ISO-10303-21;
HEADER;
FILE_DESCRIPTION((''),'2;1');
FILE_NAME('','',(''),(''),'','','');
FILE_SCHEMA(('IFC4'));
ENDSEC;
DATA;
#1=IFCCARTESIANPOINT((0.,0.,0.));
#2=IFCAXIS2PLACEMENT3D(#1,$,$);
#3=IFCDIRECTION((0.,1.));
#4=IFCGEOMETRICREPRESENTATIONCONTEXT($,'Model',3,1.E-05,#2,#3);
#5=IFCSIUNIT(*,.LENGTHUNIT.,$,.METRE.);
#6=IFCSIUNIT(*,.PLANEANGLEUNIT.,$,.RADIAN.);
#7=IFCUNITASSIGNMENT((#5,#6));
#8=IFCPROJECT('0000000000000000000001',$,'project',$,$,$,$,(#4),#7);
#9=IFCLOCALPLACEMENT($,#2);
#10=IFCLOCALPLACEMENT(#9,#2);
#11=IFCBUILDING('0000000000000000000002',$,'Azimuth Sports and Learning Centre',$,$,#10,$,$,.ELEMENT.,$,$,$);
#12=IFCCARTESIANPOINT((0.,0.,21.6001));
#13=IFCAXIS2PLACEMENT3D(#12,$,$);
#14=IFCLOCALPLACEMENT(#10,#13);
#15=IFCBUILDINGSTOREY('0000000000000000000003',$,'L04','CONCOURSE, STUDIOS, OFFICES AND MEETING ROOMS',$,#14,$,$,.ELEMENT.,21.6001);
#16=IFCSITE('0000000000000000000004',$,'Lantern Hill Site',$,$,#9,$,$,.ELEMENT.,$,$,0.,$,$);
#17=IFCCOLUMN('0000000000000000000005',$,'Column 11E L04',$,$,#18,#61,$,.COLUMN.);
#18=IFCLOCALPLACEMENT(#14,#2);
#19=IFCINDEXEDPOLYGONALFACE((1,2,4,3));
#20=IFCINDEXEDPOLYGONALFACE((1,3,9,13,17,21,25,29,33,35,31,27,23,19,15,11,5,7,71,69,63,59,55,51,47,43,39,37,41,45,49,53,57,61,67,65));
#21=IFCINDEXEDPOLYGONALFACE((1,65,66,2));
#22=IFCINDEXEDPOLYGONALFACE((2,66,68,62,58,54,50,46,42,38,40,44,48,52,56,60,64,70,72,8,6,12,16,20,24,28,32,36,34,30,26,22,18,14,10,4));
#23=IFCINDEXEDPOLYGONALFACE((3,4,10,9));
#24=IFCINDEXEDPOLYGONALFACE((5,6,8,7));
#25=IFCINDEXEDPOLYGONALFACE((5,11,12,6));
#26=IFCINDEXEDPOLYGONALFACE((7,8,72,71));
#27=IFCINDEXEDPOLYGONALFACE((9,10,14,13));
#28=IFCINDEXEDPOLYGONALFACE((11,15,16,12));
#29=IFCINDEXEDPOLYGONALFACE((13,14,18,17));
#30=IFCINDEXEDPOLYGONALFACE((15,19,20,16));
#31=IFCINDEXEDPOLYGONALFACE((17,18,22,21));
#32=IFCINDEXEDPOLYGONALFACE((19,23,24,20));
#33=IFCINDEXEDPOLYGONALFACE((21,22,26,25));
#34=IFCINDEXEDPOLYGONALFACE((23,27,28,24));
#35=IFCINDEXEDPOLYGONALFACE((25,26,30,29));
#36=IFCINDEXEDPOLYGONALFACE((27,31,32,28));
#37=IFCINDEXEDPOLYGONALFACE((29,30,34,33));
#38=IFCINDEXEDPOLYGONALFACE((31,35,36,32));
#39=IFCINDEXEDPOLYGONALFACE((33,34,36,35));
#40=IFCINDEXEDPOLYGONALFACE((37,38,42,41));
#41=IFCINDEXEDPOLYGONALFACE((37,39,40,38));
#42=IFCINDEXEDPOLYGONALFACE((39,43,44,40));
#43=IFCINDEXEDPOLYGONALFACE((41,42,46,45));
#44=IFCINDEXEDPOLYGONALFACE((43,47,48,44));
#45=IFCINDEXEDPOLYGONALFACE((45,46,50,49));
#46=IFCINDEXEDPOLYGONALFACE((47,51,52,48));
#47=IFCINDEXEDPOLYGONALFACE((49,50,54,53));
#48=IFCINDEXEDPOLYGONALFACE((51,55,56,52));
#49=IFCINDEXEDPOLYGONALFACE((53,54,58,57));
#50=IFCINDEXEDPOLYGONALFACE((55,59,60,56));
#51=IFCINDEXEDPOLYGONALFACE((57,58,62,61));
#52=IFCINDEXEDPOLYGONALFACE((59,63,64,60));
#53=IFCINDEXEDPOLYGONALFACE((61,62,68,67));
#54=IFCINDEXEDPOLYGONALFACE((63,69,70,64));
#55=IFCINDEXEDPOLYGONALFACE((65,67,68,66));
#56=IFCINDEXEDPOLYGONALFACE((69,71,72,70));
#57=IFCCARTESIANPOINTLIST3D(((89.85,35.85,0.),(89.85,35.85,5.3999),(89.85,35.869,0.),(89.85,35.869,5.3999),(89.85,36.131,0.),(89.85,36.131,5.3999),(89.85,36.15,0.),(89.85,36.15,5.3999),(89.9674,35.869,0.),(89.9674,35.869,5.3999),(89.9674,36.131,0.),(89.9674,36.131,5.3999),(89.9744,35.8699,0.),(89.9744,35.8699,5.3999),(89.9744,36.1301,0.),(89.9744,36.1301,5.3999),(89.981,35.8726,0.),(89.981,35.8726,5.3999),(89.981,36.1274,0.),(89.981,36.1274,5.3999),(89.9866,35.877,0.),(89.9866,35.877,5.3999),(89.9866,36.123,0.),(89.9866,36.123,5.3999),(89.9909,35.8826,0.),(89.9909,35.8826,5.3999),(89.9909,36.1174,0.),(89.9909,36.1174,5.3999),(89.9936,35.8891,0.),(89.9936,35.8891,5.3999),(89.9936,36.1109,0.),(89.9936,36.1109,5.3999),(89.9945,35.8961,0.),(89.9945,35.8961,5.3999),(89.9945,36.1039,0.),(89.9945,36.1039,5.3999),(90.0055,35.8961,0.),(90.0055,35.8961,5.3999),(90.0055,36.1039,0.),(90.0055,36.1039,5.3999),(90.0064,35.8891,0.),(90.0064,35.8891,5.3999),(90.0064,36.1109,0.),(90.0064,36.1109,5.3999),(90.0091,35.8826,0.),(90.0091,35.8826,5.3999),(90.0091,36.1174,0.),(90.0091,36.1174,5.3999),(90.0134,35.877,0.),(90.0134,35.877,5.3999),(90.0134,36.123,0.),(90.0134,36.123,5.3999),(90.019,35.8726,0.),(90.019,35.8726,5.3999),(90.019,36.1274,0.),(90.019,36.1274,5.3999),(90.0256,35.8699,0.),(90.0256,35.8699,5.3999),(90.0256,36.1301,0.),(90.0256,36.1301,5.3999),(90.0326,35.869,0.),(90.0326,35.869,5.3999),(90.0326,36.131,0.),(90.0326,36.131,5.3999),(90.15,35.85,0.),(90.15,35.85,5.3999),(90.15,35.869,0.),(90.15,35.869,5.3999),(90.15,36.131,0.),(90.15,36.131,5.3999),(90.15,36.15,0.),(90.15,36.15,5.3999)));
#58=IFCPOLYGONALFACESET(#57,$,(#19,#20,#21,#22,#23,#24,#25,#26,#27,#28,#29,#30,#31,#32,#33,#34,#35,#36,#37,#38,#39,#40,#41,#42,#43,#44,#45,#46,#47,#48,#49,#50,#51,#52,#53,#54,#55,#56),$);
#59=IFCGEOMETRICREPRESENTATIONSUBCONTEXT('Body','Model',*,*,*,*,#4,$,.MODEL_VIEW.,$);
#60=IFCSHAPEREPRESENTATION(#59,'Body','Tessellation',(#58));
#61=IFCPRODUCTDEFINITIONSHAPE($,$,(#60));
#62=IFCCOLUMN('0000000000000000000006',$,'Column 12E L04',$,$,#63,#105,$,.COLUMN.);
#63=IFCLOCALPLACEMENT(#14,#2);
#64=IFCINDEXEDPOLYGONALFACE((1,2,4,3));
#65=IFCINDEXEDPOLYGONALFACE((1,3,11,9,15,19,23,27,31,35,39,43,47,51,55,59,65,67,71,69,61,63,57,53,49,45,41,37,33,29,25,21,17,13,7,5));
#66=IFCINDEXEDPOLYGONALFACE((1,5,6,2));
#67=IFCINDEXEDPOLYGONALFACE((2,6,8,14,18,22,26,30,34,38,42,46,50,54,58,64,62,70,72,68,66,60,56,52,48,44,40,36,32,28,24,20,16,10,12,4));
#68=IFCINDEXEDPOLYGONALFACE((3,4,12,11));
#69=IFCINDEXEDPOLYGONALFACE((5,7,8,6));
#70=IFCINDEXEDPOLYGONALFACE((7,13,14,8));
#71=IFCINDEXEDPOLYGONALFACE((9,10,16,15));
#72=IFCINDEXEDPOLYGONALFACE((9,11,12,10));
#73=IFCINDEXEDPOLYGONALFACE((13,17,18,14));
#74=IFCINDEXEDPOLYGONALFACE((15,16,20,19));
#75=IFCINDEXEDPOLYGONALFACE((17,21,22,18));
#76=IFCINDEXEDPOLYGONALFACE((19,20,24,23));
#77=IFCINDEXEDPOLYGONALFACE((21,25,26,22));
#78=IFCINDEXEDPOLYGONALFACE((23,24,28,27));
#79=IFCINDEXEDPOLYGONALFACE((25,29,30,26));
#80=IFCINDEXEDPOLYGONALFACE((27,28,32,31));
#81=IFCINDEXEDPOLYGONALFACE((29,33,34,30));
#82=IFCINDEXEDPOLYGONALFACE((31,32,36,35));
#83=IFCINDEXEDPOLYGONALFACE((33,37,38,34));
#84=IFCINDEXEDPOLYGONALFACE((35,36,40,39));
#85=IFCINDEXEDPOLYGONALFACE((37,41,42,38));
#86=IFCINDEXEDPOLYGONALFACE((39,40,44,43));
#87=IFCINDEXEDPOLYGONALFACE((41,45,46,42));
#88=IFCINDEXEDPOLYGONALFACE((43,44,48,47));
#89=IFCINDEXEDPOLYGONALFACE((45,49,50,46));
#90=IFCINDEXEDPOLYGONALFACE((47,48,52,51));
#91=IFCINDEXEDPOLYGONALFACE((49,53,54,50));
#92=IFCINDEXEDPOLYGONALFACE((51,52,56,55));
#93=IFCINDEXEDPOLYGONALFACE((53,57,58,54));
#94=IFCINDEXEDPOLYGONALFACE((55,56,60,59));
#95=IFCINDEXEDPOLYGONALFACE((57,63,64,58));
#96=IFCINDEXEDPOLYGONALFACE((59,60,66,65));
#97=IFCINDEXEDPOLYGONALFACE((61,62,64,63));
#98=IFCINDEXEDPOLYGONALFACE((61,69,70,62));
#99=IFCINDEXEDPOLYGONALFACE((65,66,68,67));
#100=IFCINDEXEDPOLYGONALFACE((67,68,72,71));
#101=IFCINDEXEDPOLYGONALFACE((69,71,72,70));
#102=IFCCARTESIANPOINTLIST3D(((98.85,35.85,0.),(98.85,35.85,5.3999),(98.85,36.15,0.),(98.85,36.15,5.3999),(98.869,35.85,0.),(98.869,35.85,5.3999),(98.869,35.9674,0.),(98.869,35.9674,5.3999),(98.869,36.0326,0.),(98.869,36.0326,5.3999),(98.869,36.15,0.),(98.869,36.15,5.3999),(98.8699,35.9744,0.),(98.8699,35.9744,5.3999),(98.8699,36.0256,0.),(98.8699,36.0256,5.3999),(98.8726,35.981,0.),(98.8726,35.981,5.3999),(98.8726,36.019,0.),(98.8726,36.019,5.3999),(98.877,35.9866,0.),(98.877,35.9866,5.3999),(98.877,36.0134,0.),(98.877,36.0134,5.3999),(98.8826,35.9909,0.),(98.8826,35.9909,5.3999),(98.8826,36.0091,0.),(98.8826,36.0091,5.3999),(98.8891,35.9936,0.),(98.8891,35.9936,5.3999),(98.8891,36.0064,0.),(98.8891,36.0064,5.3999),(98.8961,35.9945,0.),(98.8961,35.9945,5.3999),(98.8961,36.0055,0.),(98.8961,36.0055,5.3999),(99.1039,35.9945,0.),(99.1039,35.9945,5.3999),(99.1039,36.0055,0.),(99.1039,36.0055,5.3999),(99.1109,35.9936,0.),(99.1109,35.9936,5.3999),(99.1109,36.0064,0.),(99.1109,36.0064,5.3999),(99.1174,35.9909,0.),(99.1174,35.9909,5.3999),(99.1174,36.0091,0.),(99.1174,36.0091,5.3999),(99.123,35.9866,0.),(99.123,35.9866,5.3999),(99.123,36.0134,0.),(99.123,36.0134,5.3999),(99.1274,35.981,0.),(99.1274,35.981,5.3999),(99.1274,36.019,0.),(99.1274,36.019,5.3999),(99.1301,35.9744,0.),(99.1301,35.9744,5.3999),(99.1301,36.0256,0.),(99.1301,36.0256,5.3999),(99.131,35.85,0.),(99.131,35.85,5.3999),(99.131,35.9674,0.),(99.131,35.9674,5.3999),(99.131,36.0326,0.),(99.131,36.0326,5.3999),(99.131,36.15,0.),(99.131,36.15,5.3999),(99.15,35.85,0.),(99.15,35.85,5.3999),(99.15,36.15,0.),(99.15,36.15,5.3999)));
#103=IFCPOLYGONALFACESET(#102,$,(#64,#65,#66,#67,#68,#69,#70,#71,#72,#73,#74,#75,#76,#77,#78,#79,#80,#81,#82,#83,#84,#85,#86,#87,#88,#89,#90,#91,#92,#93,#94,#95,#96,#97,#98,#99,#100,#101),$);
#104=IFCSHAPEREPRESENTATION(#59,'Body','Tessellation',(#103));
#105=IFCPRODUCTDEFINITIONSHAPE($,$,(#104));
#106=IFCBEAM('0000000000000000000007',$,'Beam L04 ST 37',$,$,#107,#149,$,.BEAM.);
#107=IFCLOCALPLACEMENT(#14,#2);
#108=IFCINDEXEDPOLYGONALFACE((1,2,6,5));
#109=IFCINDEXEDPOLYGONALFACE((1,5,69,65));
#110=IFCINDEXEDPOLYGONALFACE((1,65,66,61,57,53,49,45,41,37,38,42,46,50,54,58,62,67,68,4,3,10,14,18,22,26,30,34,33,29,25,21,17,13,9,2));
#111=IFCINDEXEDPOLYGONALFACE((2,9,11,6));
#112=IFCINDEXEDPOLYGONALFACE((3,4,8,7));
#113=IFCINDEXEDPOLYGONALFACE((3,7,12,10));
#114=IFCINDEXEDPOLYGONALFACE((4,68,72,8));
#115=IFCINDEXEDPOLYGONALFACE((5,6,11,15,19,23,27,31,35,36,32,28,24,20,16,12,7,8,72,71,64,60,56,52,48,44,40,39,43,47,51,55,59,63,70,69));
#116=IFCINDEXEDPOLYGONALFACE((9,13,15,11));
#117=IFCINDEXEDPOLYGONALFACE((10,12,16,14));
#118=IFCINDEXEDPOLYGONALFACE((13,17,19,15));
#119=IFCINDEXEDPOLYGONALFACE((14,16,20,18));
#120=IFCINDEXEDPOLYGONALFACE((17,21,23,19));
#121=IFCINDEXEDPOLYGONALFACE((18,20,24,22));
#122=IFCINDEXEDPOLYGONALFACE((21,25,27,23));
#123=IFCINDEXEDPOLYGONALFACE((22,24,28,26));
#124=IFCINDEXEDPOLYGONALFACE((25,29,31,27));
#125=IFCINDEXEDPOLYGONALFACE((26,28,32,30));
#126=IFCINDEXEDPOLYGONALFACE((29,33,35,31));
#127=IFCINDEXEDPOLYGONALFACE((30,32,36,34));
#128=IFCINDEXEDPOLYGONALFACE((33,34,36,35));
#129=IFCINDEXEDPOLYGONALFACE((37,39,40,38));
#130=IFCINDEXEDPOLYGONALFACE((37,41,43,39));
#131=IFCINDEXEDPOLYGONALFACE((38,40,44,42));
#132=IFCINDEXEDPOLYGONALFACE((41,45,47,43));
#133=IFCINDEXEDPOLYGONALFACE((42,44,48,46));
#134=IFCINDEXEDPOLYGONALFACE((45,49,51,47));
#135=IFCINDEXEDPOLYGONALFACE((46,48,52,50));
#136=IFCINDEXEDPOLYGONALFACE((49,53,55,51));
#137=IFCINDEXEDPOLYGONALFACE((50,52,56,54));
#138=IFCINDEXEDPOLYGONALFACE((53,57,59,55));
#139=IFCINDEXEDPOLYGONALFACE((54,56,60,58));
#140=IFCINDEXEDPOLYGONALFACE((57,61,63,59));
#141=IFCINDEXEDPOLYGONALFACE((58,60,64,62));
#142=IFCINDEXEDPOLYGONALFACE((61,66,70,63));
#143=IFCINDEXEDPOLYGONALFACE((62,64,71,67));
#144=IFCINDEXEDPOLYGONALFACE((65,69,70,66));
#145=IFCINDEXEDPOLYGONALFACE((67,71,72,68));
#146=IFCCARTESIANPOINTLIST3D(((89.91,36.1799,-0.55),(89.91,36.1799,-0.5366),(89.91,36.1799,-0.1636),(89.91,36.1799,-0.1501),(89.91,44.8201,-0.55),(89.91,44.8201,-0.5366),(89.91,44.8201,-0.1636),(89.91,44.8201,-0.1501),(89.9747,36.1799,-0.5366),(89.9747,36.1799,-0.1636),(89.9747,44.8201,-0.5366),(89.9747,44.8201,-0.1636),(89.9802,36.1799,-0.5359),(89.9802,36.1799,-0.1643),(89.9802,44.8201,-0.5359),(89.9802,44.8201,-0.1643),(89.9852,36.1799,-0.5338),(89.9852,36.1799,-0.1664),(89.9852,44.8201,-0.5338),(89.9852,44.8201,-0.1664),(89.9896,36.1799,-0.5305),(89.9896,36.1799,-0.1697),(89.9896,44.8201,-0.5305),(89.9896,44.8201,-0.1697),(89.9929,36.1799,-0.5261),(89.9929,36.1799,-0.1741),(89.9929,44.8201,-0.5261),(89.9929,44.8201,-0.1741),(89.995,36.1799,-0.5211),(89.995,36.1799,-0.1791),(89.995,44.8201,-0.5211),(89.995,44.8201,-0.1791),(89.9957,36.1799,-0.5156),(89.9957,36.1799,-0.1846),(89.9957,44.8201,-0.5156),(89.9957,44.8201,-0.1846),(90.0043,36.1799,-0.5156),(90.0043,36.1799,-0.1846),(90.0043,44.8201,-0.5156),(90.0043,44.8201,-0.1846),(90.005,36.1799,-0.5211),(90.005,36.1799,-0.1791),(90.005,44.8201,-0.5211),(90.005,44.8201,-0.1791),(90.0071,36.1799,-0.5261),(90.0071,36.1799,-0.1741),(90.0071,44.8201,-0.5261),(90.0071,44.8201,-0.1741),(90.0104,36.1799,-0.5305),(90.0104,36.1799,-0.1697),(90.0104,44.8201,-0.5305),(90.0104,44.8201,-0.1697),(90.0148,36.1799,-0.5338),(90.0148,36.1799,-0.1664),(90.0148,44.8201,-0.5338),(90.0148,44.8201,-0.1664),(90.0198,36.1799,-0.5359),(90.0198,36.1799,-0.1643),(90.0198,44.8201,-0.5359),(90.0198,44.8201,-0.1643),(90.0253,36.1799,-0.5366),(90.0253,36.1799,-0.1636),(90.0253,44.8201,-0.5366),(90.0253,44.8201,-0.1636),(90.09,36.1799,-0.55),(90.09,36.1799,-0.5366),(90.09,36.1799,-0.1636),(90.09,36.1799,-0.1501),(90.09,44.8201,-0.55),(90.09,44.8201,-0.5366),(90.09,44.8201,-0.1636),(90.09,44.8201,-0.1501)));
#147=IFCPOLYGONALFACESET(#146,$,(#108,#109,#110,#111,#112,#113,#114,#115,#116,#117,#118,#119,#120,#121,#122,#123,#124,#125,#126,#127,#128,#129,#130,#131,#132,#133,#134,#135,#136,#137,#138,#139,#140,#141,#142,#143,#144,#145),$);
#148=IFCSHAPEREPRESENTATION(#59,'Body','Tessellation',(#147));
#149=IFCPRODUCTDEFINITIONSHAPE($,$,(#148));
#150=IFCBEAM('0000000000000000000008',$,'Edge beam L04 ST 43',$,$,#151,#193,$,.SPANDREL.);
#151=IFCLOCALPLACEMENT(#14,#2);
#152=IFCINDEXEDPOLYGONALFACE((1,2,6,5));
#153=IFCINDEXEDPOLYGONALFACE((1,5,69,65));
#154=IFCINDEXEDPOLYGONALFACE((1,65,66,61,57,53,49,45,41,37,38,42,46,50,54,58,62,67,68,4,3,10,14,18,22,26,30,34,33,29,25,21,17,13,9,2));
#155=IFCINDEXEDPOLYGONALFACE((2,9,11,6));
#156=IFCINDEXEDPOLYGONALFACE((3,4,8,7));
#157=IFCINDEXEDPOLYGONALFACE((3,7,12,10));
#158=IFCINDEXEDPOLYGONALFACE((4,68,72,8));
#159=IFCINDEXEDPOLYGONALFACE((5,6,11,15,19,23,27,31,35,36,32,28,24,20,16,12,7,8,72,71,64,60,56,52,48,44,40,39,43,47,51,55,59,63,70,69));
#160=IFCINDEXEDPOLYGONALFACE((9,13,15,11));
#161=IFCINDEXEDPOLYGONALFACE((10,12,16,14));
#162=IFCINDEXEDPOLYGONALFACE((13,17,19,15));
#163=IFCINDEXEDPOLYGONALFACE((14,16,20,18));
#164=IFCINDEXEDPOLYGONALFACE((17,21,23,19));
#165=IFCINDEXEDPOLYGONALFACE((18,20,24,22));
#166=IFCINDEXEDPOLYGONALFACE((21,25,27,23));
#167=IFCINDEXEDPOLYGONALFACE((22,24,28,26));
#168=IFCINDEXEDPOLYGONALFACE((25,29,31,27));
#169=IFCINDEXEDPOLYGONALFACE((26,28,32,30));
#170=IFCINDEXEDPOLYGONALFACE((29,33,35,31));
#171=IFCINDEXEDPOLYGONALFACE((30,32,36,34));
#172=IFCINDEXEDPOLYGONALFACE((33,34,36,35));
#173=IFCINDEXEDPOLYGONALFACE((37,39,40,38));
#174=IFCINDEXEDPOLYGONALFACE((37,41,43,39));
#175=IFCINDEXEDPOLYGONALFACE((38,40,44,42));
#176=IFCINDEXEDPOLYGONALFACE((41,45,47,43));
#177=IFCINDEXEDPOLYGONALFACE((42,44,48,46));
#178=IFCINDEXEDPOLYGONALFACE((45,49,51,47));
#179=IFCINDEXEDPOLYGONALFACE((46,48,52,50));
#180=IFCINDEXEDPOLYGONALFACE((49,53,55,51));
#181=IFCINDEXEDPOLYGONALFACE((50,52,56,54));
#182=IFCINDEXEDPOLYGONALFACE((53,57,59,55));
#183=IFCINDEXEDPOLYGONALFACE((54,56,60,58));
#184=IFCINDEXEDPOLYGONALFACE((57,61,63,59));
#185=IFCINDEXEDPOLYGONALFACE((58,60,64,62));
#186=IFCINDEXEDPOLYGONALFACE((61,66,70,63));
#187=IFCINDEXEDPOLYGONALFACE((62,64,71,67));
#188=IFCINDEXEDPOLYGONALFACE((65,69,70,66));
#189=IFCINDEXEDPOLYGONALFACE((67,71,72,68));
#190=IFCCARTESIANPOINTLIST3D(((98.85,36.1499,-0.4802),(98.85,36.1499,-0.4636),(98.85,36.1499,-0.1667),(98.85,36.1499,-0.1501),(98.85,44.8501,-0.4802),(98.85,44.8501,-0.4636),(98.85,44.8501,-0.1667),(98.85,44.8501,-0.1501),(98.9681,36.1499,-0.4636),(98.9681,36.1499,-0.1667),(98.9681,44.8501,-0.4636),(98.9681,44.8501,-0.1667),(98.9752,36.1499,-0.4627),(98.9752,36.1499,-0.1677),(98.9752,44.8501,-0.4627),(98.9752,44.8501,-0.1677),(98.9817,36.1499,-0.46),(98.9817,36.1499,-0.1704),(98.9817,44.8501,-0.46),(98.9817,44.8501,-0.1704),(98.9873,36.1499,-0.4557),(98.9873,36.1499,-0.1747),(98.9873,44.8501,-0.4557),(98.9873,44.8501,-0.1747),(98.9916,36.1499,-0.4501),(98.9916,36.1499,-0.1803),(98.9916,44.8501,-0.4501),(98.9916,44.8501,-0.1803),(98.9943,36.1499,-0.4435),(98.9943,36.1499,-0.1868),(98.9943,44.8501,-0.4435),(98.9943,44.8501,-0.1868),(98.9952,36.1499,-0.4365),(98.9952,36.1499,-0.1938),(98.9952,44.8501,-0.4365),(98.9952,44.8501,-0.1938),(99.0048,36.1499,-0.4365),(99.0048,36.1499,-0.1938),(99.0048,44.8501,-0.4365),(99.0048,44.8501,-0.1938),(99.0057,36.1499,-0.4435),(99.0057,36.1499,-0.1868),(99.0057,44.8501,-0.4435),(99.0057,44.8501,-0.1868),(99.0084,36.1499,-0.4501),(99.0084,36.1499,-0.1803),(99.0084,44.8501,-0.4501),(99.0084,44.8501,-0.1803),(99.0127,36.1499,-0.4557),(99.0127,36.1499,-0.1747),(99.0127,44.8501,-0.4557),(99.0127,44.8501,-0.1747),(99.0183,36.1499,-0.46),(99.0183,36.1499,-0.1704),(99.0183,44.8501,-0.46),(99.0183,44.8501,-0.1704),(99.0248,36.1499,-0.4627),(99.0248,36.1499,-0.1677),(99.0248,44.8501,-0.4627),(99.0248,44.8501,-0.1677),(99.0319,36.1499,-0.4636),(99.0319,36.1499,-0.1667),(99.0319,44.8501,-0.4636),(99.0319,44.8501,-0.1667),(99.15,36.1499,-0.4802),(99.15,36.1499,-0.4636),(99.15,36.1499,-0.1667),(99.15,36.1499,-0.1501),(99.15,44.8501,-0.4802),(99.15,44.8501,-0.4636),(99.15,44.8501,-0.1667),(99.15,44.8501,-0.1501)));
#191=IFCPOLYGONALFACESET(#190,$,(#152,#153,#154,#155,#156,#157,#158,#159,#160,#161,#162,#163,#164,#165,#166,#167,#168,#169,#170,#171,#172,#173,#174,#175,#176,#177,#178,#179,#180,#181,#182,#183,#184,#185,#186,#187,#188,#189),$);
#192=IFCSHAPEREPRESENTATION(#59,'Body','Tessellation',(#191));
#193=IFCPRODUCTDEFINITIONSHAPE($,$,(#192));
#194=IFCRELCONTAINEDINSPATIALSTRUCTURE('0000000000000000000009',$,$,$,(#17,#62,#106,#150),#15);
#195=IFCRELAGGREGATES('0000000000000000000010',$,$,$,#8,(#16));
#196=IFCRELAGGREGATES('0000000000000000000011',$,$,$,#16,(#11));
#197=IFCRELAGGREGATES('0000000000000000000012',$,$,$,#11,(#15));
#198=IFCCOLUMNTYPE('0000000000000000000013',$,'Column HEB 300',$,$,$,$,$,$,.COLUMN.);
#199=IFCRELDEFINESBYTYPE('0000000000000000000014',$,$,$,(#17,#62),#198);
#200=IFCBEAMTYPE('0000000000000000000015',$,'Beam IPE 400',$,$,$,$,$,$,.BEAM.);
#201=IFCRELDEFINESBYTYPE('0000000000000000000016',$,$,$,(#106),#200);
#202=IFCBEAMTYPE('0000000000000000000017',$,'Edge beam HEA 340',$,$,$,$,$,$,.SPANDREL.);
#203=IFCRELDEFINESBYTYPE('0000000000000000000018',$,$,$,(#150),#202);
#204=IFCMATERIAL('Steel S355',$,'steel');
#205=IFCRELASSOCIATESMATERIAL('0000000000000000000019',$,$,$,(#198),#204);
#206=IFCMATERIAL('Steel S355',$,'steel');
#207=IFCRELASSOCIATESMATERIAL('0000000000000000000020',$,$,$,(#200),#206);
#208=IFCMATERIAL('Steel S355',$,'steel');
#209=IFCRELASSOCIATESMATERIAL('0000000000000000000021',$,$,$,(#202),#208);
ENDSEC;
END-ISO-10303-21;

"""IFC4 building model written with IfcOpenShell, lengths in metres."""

from ifc_helpers import new_model, si_unit, direction, frame, origin, origin_2d, place, context, subcontext, project, spatial, i_section, extrude, material, material_profile, profile_set, type_object, element, save


model = new_model("IFC4")

# Units and contexts
model_context = context("Model", 3, precision=1e-05, world=origin(), true_north=direction((0.0, 1.0)))
body_context = subcontext(model_context, "Body", "Model", "MODEL_VIEW")
ifc_project = project(units=[si_unit("LENGTHUNIT", "METRE"), si_unit("PLANEANGLEUNIT", "RADIAN")], contexts=[model_context])

# Site, building, storey
site_placement = place(None, origin())
site = spatial("IfcSite", under=ifc_project, at=site_placement, Name="Lantern Hill Site", CompositionType="ELEMENT", RefElevation=0.0)
building_placement = place(site_placement, origin())
building = spatial("IfcBuilding", under=site, at=building_placement, Name="Azimuth Sports and Learning Centre", CompositionType="ELEMENT")
storey_placement = place(building_placement, frame((0.0, 0.0, 21.6001)))
storey = spatial("IfcBuildingStorey", under=building, at=storey_placement, Name="L04", Description="CONCOURSE, STUDIOS, OFFICES AND MEETING ROOMS", CompositionType="ELEMENT", Elevation=21.6001)

# Columns
ifc_material_1 = material(Name="Steel S355", Category="steel")
ifc_material_profile_1 = material_profile(ifc_material_1, i_section(OverallWidth=0.3, OverallDepth=0.3, WebThickness=0.011, FlangeThickness=0.019, FilletRadius=0.0271, at=origin_2d()), Name="HEB 300")
ifc_profile_set_1 = profile_set([ifc_material_profile_1], Name="Steel S355")
column_type = type_object("IfcColumnType", Name="Column HEB 300", PredefinedType="COLUMN", material=ifc_profile_set_1)
for number, where, z_axis, x_axis, name in (
    (1, (90.0, 36.0, 0.0), (0.0, 0.0, 1.0), (1.0, 0.0, 0.0), "Column 11E L04"),
    (2, (99.0, 36.0, 0.0), (0.0, 0.0, 1.0), (0.0, 1.0, 0.0), "Column 12E L04"),
):
    element("IfcColumn", number, at=place(storey_placement, frame(where, z_axis=z_axis, x_axis=x_axis)), inside=storey, type_object=column_type, Name=name, PredefinedType="COLUMN", context=body_context, shape_type="SweptSolid", body=[
        extrude(i_section(OverallWidth=0.3, OverallDepth=0.3, WebThickness=0.011, FlangeThickness=0.019, FilletRadius=0.0271, at=origin_2d()), origin(), (0.0, 0.0, 1.0), 5.3999),
    ])

# Beams
ifc_material_2 = material(Name="Steel S355", Category="steel")
ifc_material_profile_2 = material_profile(ifc_material_2, i_section(OverallWidth=0.1799, OverallDepth=0.3999, WebThickness=0.0085, FlangeThickness=0.0134, FilletRadius=0.021, at=origin_2d()), Name="IPE 400")
ifc_profile_set_2 = profile_set([ifc_material_profile_2], Name="Steel S355")
beam_type_1 = type_object("IfcBeamType", Name="Beam IPE 400", PredefinedType="BEAM", material=ifc_profile_set_2)
beam_1_placement = place(storey_placement, frame((90.0, 36.1799, -0.3501), z_axis=(0.0, 1.0, 0.0), x_axis=(-1.0, 0.0, 0.0)))
element("IfcBeam", 3, at=beam_1_placement, inside=storey, type_object=beam_type_1, Name="Beam L04 ST 37", PredefinedType="BEAM", context=body_context, shape_type="SweptSolid", body=[
    extrude(i_section(OverallWidth=0.1799, OverallDepth=0.3999, WebThickness=0.0085, FlangeThickness=0.0134, FilletRadius=0.021, at=origin_2d()), origin(), (0.0, 0.0, 1.0), 8.6401),
])
ifc_material_3 = material(Name="Steel S355", Category="steel")
ifc_material_profile_3 = material_profile(ifc_material_3, i_section(OverallWidth=0.3, OverallDepth=0.3301, WebThickness=0.0095, FlangeThickness=0.0166, FilletRadius=0.0271, at=origin_2d()), Name="HEA 340")
ifc_profile_set_3 = profile_set([ifc_material_profile_3], Name="Steel S355")
beam_type_2 = type_object("IfcBeamType", Name="Edge beam HEA 340", PredefinedType="SPANDREL", material=ifc_profile_set_3)
beam_2_placement = place(storey_placement, frame((99.0, 36.1499, -0.3152), z_axis=(0.0, 1.0, 0.0), x_axis=(-1.0, 0.0, 0.0)))
element("IfcBeam", 4, at=beam_2_placement, inside=storey, type_object=beam_type_2, Name="Edge beam L04 ST 43", PredefinedType="SPANDREL", context=body_context, shape_type="SweptSolid", body=[
    extrude(i_section(OverallWidth=0.3, OverallDepth=0.3301, WebThickness=0.0095, FlangeThickness=0.0166, FilletRadius=0.0271, at=origin_2d()), origin(), (0.0, 0.0, 1.0), 8.7002),
])

save(model, "model.ifc")
